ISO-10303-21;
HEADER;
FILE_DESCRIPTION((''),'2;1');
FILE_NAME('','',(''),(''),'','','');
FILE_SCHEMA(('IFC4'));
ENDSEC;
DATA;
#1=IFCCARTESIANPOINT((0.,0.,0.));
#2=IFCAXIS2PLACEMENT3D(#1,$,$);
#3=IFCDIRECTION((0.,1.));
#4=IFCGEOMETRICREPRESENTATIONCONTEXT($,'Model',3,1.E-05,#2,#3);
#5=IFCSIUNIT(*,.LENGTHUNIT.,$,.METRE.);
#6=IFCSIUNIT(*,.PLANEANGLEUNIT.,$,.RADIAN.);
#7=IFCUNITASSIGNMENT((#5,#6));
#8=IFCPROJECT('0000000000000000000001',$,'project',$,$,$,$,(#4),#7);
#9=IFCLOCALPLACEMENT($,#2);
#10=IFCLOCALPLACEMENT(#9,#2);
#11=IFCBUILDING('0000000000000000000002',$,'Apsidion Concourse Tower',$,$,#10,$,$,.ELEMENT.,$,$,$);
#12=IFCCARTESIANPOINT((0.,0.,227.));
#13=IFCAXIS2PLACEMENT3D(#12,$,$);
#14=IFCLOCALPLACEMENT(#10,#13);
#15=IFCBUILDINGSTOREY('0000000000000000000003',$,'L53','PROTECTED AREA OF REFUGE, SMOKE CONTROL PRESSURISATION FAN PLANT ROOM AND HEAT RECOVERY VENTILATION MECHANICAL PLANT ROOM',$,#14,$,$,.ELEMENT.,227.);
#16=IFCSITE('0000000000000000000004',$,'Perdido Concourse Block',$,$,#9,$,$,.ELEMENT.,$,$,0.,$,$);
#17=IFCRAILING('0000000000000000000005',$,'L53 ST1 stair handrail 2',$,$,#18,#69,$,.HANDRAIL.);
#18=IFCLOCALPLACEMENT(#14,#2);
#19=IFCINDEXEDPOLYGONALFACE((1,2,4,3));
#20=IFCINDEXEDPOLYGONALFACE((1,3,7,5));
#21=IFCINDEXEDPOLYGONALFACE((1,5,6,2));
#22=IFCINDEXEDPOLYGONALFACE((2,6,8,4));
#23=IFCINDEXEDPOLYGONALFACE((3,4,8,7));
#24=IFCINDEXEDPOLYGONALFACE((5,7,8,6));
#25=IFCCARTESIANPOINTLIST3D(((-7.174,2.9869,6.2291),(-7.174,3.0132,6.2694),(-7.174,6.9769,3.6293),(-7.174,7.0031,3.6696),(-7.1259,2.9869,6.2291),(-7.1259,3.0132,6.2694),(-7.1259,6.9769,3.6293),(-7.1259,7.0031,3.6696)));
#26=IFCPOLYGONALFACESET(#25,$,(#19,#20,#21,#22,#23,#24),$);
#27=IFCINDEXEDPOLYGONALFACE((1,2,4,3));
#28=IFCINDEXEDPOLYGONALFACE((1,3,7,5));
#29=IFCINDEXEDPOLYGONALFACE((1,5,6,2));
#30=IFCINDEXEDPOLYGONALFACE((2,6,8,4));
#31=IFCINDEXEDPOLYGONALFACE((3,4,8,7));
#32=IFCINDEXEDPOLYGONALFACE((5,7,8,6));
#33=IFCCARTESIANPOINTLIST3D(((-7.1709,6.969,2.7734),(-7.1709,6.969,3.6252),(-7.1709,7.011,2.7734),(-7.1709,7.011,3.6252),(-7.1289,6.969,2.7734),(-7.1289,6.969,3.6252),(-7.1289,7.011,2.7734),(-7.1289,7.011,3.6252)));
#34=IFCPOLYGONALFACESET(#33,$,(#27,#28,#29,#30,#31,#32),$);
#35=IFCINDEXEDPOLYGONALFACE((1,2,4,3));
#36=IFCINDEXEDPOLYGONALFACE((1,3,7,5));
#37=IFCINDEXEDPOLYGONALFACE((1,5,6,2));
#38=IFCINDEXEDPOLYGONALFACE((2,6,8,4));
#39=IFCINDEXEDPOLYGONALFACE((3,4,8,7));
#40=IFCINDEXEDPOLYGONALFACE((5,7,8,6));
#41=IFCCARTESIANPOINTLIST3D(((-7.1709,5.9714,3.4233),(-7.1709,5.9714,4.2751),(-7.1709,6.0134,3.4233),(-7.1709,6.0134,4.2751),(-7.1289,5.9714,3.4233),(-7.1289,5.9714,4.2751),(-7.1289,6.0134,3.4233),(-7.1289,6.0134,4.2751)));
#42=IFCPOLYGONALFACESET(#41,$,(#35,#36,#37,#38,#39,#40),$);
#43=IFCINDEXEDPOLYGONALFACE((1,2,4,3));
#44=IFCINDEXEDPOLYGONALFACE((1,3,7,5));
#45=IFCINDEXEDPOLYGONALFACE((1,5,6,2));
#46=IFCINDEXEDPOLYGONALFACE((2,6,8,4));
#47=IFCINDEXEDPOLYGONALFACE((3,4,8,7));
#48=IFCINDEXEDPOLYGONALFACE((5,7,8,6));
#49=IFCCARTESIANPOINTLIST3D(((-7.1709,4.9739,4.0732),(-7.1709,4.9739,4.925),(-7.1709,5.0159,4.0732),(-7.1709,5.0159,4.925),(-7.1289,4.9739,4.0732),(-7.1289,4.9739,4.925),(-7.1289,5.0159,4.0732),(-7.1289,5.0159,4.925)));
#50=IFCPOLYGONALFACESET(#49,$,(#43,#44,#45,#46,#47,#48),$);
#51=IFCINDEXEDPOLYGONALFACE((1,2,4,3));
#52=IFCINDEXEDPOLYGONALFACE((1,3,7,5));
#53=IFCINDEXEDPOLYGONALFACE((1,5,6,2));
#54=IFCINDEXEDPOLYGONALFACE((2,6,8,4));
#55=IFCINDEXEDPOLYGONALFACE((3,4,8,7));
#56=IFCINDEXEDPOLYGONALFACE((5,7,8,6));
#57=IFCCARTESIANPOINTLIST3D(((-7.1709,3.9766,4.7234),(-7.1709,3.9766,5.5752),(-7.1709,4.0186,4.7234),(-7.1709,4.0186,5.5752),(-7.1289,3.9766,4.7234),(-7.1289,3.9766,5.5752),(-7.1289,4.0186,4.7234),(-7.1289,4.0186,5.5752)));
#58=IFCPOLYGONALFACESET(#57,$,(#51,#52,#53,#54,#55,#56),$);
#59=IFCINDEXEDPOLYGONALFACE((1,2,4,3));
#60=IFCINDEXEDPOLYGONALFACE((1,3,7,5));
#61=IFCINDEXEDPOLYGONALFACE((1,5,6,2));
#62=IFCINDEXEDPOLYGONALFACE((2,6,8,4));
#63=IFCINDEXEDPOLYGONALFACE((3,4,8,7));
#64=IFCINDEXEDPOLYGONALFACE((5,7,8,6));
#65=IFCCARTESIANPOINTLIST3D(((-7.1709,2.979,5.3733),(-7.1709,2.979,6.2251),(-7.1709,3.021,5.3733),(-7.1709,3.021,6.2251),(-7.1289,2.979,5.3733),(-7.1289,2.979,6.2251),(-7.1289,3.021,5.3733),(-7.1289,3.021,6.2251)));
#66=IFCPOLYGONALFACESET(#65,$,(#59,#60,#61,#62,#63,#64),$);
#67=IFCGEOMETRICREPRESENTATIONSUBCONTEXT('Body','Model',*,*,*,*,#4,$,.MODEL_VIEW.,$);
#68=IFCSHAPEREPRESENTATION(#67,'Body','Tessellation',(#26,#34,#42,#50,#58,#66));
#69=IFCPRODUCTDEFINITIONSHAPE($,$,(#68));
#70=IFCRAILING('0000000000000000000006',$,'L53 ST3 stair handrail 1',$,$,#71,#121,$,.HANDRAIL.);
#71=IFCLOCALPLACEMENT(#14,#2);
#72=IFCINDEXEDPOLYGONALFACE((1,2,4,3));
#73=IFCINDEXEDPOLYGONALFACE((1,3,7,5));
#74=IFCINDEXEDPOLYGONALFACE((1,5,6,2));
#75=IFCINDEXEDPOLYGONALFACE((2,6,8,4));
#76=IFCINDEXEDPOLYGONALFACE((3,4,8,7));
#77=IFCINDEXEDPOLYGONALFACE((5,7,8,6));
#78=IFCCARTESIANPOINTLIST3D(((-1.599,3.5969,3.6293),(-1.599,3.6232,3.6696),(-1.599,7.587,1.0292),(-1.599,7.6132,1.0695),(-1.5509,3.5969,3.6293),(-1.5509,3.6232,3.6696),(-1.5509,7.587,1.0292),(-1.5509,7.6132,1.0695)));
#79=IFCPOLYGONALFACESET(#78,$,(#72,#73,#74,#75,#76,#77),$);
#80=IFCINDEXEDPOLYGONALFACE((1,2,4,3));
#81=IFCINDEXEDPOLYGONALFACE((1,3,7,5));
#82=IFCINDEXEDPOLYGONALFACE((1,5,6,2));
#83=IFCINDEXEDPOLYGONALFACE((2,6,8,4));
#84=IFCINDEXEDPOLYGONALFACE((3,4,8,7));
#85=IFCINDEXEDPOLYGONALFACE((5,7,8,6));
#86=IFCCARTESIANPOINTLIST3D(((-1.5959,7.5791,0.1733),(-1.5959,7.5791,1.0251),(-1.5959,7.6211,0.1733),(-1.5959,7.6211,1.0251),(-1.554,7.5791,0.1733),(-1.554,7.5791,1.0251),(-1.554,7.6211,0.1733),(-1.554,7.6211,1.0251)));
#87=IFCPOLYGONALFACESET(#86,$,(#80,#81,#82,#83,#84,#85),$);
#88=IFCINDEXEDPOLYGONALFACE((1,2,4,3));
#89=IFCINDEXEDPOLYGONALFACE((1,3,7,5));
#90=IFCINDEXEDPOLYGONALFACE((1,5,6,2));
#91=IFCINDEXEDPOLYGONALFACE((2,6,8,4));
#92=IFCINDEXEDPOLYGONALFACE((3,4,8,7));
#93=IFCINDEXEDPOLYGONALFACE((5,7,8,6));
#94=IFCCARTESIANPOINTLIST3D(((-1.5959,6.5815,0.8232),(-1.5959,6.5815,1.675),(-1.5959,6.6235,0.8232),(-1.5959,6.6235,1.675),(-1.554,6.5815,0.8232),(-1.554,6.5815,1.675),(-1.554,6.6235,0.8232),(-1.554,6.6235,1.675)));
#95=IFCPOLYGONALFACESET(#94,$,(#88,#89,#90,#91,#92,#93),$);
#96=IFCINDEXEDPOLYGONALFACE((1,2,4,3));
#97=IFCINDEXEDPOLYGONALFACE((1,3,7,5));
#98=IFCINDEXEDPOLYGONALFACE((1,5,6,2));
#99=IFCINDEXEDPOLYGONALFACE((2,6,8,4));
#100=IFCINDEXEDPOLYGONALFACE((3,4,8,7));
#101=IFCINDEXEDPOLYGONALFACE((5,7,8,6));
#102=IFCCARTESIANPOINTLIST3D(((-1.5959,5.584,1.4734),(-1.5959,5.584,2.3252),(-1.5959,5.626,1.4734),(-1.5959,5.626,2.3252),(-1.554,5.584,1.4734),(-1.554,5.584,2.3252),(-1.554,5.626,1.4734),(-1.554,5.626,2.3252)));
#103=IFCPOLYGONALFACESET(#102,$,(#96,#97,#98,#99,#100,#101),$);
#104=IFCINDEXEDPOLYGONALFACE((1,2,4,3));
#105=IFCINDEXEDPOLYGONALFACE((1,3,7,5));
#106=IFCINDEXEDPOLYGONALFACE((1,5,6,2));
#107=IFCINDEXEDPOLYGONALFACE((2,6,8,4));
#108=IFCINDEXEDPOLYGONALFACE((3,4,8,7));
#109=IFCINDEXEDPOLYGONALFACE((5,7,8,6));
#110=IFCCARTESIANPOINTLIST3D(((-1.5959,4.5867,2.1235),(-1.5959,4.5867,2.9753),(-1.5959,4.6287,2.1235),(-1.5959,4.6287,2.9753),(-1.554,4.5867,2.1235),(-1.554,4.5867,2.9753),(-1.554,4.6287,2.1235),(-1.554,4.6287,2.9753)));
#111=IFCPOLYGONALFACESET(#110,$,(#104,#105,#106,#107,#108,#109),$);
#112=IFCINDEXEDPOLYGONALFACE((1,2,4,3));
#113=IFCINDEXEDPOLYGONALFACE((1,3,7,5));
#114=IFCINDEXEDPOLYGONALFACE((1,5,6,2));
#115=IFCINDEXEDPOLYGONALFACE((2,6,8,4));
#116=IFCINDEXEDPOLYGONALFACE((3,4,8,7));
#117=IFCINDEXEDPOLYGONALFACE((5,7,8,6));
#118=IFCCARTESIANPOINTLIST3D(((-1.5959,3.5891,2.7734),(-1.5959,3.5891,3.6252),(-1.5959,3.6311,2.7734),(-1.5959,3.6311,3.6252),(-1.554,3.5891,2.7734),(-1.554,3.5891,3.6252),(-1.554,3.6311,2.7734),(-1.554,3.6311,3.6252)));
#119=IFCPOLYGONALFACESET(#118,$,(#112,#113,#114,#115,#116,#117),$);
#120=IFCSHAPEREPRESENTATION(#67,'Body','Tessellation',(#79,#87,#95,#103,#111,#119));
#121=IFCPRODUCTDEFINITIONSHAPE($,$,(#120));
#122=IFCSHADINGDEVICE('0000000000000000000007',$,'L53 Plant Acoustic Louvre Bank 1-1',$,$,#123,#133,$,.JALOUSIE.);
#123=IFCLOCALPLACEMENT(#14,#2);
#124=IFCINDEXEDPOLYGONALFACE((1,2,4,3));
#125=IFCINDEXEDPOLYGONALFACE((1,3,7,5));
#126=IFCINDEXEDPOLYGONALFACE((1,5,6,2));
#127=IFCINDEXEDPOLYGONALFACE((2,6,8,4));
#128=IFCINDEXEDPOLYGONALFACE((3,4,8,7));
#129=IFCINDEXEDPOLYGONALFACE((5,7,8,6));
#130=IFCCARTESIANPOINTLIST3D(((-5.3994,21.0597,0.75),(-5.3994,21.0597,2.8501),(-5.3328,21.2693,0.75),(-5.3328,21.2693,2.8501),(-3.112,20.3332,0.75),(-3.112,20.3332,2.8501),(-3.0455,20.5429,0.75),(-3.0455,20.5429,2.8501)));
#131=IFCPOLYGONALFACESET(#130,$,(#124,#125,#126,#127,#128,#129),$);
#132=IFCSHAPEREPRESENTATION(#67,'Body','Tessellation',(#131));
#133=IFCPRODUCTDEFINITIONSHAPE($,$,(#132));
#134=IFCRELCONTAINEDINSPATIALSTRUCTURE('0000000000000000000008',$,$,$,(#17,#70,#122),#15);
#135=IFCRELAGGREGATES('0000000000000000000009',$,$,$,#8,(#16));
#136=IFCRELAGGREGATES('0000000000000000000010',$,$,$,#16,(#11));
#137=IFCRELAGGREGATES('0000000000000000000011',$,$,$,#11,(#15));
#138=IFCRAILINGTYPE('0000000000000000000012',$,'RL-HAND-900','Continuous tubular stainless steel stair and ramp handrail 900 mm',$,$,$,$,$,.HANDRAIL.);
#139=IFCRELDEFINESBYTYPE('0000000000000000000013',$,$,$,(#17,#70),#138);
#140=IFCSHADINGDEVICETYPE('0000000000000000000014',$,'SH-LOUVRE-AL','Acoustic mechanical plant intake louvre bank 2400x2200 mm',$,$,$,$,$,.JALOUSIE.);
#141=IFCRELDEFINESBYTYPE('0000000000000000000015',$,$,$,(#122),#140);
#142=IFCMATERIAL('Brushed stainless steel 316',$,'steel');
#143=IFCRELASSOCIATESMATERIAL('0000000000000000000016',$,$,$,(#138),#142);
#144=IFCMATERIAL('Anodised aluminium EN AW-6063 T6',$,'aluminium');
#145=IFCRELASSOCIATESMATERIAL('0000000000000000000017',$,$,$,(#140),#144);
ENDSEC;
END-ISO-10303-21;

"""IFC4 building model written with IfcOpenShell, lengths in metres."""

from ifc_helpers import new_model, si_unit, direction, frame, origin, origin_2d, place, context, subcontext, project, spatial, rectangle, extrude, material, type_object, element, save


model = new_model("IFC4")

# Units and contexts
model_context = context("Model", 3, precision=1e-05, world=origin(), true_north=direction((0.0, 1.0)))
body_context = subcontext(model_context, "Body", "Model", "MODEL_VIEW")
ifc_project = project(units=[si_unit("LENGTHUNIT", "METRE"), si_unit("PLANEANGLEUNIT", "RADIAN")], contexts=[model_context])

# Site, building, storey
site_placement = place(None, origin())
site = spatial("IfcSite", under=ifc_project, at=site_placement, Name="Perdido Concourse Block", CompositionType="ELEMENT", RefElevation=0.0)
building_placement = place(site_placement, origin())
building = spatial("IfcBuilding", under=site, at=building_placement, Name="Apsidion Concourse Tower", CompositionType="ELEMENT")
storey_placement = place(building_placement, frame((0.0, 0.0, 227.0)))
storey = spatial("IfcBuildingStorey", under=building, at=storey_placement, Name="L53", Description="PROTECTED AREA OF REFUGE, SMOKE CONTROL PRESSURISATION FAN PLANT ROOM AND HEAT RECOVERY VENTILATION MECHANICAL PLANT ROOM", CompositionType="ELEMENT", Elevation=227.0)

# Shared definitions
ifc_material_1 = material(Name="Brushed stainless steel 316", Category="steel")

# Railings
railing_type_1 = type_object("IfcRailingType", Name="RL-HAND-900", Description="Continuous tubular stainless steel stair and ramp handrail 900 mm", PredefinedType="HANDRAIL", material=ifc_material_1)
railing_1_placement = place(storey_placement, frame((-7.1499, 6.99, 2.7734)))
element("IfcRailing", 1, at=railing_1_placement, inside=storey, type_object=railing_type_1, Name="L53 ST1 stair handrail 2", PredefinedType="HANDRAIL", context=body_context, shape_type="SweptSolid", body=[
    extrude(rectangle(XDim=0.0481, YDim=0.0481, at=origin_2d()), frame((0.0, 0.0, 0.876), z_axis=(0.0, -0.837833, 0.545927), x_axis=(1.0, 0.0, 0.0)), (0.0, 0.0, 1.0), 4.7622),
    extrude(rectangle(XDim=0.042, YDim=0.042, at=origin_2d()), origin(), (0.0, 0.0, 1.0), 0.8518),
    extrude(rectangle(XDim=0.042, YDim=0.042, at=origin_2d()), frame((0.0, -0.9976, 0.6499)), (0.0, 0.0, 1.0), 0.8518),
    extrude(rectangle(XDim=0.042, YDim=0.042, at=origin_2d()), frame((0.0, -1.9951, 1.2998)), (0.0, 0.0, 1.0), 0.8518),
    extrude(rectangle(XDim=0.042, YDim=0.042, at=origin_2d()), frame((0.0, -2.9924, 1.95)), (0.0, 0.0, 1.0), 0.8518),
    extrude(rectangle(XDim=0.042, YDim=0.042, at=origin_2d()), frame((0.0, -3.99, 2.5999)), (0.0, 0.0, 1.0), 0.8518),
])
railing_2_placement = place(storey_placement, frame((-1.575, 7.6001, 0.1733)))
element("IfcRailing", 2, at=railing_2_placement, inside=storey, type_object=railing_type_1, Name="L53 ST3 stair handrail 1", PredefinedType="HANDRAIL", context=body_context, shape_type="SweptSolid", body=[
    extrude(rectangle(XDim=0.0481, YDim=0.0481, at=origin_2d()), frame((0.0, 0.0, 0.876), z_axis=(0.0, -0.837809, 0.545963), x_axis=(1.0, 0.0, 0.0)), (0.0, 0.0, 1.0), 4.7625),
    extrude(rectangle(XDim=0.042, YDim=0.042, at=origin_2d()), origin(), (0.0, 0.0, 1.0), 0.8518),
    extrude(rectangle(XDim=0.042, YDim=0.042, at=origin_2d()), frame((0.0, -0.9976, 0.6499)), (0.0, 0.0, 1.0), 0.8518),
    extrude(rectangle(XDim=0.042, YDim=0.042, at=origin_2d()), frame((0.0, -1.9951, 1.3)), (0.0, 0.0, 1.0), 0.8518),
    extrude(rectangle(XDim=0.042, YDim=0.042, at=origin_2d()), frame((0.0, -2.9924, 1.9502)), (0.0, 0.0, 1.0), 0.8518),
    extrude(rectangle(XDim=0.042, YDim=0.042, at=origin_2d()), frame((0.0, -3.99, 2.6001)), (0.0, 0.0, 1.0), 0.8518),
])

# Shading device
ifc_material_2 = material(Name="Anodised aluminium EN AW-6063 T6", Category="aluminium")
shading_device_type = type_object("IfcShadingDeviceType", Name="SH-LOUVRE-AL", Description="Acoustic mechanical plant intake louvre bank 2400x2200 mm", PredefinedType="JALOUSIE", material=ifc_material_2)
shading_device_placement = place(storey_placement, frame((-4.2224, 20.8013, 0.75), z_axis=(0.0, 0.0, 1.0), x_axis=(0.953085, -0.302703, 0.0)))
element("IfcShadingDevice", 3, at=shading_device_placement, inside=storey, type_object=shading_device_type, Name="L53 Plant Acoustic Louvre Bank 1-1", PredefinedType="JALOUSIE", context=body_context, shape_type="SweptSolid", body=[
    extrude(rectangle(XDim=2.3999, YDim=0.22, at=origin_2d()), origin(), (0.0, 0.0, 1.0), 2.1001),
])

save(model, "model.ifc")
